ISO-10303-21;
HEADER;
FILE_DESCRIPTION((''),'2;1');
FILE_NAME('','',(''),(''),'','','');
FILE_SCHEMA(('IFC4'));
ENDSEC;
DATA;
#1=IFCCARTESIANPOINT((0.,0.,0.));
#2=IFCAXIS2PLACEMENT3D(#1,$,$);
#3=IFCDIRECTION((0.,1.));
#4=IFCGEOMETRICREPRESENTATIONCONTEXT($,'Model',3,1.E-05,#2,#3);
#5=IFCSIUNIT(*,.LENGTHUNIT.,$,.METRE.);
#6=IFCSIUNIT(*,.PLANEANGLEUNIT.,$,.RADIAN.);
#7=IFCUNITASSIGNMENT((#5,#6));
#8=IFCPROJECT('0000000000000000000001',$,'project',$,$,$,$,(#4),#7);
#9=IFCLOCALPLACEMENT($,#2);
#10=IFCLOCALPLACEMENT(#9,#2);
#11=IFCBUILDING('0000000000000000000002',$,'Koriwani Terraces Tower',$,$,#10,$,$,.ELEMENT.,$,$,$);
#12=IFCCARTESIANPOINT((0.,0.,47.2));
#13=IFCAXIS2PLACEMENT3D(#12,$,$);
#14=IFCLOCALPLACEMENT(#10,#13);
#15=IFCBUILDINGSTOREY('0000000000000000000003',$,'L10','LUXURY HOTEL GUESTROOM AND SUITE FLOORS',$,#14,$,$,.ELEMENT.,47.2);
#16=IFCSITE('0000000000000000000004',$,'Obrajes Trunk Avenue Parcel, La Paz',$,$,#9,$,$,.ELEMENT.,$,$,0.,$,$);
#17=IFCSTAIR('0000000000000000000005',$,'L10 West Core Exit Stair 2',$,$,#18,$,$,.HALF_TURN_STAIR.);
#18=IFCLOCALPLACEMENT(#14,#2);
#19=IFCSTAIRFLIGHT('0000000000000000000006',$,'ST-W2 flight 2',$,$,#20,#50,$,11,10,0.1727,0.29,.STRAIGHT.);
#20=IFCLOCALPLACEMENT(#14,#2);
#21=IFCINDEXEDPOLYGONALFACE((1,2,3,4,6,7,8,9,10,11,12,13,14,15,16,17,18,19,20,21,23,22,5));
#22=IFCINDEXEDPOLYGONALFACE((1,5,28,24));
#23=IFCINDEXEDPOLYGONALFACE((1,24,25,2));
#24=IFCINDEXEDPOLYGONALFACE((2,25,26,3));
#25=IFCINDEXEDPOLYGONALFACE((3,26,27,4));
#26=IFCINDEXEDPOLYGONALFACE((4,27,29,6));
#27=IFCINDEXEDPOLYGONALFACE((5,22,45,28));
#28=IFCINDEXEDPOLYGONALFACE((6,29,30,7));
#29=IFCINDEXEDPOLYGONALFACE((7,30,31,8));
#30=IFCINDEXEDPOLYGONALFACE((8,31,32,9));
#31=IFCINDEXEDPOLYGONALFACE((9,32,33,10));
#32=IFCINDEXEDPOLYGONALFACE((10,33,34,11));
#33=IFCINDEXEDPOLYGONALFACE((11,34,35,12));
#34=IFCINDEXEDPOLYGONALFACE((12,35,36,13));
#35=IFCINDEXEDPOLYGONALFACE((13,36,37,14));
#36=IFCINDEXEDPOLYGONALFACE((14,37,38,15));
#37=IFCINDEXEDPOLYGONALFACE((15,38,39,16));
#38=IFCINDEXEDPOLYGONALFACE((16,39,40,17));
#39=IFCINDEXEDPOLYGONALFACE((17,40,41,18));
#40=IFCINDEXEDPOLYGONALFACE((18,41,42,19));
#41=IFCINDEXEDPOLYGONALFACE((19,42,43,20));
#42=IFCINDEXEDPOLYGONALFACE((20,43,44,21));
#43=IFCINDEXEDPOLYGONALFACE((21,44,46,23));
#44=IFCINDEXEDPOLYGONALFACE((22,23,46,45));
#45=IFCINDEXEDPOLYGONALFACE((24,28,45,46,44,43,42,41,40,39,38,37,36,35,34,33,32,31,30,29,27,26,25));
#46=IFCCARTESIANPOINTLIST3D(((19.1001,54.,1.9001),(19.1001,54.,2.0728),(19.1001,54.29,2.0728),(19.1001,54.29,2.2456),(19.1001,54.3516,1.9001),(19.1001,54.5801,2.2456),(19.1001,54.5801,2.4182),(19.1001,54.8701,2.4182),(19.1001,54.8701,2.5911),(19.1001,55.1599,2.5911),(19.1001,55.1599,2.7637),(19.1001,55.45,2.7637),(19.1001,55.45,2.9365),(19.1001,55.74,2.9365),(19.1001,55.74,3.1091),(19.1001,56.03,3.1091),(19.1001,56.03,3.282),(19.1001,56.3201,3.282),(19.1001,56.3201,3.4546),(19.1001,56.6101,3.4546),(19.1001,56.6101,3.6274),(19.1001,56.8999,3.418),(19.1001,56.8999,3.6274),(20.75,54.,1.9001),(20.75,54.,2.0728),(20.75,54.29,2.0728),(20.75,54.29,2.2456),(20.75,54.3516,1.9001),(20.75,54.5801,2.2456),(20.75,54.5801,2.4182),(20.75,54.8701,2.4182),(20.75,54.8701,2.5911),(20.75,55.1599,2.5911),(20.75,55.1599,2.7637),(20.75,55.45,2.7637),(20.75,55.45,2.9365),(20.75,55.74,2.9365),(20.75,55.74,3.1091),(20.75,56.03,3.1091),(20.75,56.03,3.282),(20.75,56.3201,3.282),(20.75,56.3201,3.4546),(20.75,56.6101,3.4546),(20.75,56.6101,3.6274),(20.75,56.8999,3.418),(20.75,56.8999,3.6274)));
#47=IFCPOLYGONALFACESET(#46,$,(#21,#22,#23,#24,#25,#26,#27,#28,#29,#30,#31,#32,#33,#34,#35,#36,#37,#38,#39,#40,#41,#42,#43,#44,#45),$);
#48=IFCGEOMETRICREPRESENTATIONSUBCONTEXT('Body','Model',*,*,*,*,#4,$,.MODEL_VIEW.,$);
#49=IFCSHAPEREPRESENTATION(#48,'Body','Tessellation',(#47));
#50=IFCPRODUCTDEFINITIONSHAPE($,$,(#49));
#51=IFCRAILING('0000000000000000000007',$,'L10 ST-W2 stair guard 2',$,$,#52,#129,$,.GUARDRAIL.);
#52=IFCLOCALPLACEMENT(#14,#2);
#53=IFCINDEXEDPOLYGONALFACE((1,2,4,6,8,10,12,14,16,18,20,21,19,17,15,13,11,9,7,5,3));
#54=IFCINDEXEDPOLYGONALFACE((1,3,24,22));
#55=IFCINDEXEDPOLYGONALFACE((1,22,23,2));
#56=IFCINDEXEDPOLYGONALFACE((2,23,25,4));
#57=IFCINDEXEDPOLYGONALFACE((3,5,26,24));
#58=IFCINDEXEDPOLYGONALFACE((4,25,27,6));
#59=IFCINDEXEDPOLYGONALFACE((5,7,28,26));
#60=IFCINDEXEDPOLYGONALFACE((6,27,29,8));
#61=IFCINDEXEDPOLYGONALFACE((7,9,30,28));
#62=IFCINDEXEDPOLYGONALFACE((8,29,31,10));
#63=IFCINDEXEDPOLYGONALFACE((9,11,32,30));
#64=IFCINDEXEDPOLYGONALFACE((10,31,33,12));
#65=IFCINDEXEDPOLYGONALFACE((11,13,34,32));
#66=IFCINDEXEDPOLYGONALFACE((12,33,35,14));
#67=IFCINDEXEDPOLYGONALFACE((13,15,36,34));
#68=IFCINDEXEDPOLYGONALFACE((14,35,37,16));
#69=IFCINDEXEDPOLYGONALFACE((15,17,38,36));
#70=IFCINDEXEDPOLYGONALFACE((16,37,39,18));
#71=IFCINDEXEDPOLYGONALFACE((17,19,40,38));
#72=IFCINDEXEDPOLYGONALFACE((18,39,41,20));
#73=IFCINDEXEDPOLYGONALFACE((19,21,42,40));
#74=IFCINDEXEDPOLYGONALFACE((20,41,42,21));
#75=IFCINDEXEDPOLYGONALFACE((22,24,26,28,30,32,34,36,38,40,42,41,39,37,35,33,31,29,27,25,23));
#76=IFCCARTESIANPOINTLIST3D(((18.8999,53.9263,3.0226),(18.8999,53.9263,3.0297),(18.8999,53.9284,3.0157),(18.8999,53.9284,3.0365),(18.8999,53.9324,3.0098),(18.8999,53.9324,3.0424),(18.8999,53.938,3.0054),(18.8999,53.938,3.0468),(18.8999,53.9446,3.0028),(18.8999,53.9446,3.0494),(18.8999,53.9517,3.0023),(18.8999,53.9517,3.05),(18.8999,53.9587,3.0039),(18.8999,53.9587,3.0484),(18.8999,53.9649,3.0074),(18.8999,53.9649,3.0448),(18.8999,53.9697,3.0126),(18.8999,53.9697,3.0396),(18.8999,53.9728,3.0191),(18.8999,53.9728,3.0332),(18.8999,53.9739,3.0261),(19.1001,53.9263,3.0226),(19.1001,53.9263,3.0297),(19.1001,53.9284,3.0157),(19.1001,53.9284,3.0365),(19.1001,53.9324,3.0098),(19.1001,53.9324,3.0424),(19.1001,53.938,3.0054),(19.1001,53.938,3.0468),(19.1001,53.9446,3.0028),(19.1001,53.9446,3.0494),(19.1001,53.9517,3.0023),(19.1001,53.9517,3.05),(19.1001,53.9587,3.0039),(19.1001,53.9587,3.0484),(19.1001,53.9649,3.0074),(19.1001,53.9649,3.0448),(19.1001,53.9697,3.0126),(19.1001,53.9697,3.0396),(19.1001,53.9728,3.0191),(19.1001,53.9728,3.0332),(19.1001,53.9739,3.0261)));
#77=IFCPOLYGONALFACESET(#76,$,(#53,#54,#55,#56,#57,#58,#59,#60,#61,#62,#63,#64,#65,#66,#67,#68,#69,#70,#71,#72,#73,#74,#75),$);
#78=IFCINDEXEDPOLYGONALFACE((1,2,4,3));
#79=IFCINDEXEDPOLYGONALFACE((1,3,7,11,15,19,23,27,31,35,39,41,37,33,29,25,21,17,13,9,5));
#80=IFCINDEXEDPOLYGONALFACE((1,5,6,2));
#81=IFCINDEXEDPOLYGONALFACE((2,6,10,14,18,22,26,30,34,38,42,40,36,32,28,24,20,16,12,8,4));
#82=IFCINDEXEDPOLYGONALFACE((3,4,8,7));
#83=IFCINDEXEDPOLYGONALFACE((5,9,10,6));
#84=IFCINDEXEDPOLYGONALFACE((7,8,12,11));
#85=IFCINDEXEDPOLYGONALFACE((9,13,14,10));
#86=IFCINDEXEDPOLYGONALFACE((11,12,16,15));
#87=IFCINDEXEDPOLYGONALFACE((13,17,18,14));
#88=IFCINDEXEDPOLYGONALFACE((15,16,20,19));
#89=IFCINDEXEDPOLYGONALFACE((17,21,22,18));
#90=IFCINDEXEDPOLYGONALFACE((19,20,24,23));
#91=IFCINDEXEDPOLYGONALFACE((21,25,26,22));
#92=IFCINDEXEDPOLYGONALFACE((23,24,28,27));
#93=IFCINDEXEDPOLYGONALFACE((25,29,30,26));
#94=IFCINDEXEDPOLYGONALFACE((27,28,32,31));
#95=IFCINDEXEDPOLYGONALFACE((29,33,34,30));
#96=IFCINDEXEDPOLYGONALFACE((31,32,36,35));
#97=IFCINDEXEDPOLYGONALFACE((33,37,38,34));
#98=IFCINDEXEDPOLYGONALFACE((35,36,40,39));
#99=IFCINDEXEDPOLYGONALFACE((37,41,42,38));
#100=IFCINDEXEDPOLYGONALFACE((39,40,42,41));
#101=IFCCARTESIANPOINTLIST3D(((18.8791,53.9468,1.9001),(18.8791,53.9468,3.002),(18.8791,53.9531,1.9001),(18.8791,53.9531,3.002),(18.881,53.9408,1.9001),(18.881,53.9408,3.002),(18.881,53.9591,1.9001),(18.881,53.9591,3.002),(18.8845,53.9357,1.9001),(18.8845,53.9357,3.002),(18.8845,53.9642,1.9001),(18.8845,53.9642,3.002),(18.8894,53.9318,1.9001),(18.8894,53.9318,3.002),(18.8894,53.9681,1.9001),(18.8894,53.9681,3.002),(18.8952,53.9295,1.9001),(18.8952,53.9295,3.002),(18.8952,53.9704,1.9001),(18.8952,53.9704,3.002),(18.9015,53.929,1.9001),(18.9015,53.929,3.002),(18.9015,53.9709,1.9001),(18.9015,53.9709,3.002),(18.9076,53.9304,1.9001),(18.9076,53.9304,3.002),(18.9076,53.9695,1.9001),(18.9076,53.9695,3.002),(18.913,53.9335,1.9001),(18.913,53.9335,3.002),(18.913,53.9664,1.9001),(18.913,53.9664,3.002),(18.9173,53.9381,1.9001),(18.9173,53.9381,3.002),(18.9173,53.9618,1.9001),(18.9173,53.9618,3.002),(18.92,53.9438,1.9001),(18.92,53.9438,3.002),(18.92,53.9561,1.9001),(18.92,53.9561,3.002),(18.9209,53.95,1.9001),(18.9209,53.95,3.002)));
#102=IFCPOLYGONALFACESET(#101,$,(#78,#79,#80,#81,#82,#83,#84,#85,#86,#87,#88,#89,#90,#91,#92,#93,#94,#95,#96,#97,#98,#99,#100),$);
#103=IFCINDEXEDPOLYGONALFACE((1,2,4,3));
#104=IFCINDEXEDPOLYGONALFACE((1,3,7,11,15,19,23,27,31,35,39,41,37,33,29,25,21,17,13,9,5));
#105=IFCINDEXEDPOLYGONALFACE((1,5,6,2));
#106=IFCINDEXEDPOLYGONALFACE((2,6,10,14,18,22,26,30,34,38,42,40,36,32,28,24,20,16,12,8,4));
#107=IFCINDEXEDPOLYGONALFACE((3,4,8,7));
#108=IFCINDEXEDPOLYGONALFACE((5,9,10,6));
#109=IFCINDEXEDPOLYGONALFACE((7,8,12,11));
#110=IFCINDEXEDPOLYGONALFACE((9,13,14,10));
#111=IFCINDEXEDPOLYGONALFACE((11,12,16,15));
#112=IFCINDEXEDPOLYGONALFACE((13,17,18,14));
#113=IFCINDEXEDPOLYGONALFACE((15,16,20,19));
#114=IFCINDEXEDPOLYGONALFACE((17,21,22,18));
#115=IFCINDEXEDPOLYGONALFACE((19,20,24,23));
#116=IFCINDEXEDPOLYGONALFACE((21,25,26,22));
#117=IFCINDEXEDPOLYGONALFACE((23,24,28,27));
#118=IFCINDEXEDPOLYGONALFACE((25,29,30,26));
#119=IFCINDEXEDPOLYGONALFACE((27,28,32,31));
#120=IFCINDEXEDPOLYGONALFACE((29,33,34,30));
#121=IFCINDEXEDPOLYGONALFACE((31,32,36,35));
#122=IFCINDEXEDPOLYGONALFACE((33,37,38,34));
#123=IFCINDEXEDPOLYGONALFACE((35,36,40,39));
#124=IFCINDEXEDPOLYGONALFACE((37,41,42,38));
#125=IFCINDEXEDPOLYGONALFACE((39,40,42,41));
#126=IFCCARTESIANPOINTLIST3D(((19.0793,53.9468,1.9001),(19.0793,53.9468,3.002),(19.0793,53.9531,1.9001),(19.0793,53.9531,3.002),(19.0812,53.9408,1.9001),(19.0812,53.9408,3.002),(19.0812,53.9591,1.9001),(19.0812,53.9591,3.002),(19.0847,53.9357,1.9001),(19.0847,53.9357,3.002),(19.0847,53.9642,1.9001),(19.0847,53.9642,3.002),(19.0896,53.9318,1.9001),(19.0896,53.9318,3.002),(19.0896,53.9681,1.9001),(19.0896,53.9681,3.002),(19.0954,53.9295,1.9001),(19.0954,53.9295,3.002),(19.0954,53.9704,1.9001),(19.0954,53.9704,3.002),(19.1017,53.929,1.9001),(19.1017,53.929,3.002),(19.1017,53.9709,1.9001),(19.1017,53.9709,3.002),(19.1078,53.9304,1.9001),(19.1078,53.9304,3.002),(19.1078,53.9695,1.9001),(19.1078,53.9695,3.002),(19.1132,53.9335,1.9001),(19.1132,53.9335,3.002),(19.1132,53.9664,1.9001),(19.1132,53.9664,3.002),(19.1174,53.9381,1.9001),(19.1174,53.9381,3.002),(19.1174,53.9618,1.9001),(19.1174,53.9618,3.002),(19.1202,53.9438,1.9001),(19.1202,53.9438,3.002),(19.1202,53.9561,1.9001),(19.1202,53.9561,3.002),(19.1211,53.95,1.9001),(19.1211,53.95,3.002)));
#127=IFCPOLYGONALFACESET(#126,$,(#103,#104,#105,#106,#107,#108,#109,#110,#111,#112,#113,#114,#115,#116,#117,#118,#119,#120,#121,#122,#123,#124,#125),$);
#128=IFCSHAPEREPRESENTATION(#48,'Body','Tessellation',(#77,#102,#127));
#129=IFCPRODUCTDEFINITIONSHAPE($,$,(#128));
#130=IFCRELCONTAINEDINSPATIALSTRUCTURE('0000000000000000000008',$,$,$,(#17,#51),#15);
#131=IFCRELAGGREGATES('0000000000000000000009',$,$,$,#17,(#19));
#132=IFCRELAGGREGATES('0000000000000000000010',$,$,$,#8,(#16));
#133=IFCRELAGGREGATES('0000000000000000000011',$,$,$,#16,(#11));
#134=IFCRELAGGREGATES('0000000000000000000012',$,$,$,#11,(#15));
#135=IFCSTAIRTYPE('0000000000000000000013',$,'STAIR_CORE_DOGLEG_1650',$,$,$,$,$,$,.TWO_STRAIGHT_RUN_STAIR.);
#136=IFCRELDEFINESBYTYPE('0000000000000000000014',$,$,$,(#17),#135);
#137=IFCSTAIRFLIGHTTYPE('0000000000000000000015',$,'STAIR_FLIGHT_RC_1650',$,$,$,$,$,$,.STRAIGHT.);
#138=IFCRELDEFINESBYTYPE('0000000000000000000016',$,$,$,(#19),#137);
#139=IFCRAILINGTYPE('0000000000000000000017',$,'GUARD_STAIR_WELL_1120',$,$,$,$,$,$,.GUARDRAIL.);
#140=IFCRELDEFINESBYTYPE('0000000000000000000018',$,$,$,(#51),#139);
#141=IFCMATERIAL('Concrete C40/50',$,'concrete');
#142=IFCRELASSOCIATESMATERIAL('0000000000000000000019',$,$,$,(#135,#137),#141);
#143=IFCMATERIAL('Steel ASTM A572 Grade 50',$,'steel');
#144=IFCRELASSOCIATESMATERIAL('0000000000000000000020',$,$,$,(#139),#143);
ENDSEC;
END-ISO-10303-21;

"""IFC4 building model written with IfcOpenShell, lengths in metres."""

from ifc_helpers import new_model, si_unit, direction, frame, origin, origin_2d, place, context, subcontext, project, spatial, polyline, circle, outline, extrude, material, type_object, element, aggregate, save


model = new_model("IFC4")

# Units and contexts
model_context = context("Model", 3, precision=1e-05, world=origin(), true_north=direction((0.0, 1.0)))
body_context = subcontext(model_context, "Body", "Model", "MODEL_VIEW")
ifc_project = project(units=[si_unit("LENGTHUNIT", "METRE"), si_unit("PLANEANGLEUNIT", "RADIAN")], contexts=[model_context])

# Site, building, storey
site_placement = place(None, origin())
site = spatial("IfcSite", under=ifc_project, at=site_placement, Name="Obrajes Trunk Avenue Parcel, La Paz", CompositionType="ELEMENT", RefElevation=0.0)
building_placement = place(site_placement, origin())
building = spatial("IfcBuilding", under=site, at=building_placement, Name="Koriwani Terraces Tower", CompositionType="ELEMENT")
storey_placement = place(building_placement, frame((0.0, 0.0, 47.2)))
storey = spatial("IfcBuildingStorey", under=building, at=storey_placement, Name="L10", Description="LUXURY HOTEL GUESTROOM AND SUITE FLOORS", CompositionType="ELEMENT", Elevation=47.2)

# Shared definitions
ifc_material_1 = material(Name="Concrete C40/50", Category="concrete")

# Shared definitions
ifc_material_2 = material(Name="Steel ASTM A572 Grade 50", Category="steel")

# Stair, stair flight
stair_type = type_object("IfcStairType", Name="STAIR_CORE_DOGLEG_1650", PredefinedType="TWO_STRAIGHT_RUN_STAIR", material=ifc_material_1)
stair_placement = place(storey_placement, origin())
stair = element("IfcStair", 1, at=stair_placement, inside=storey, type_object=stair_type, Name="L10 West Core Exit Stair 2", PredefinedType="HALF_TURN_STAIR")
stair_flight_type = type_object("IfcStairFlightType", Name="STAIR_FLIGHT_RC_1650", PredefinedType="STRAIGHT", material=ifc_material_1)
stair_flight_placement = place(storey_placement, frame((19.925, 54.0, 1.9001), z_axis=(0.0, 0.0, 1.0), x_axis=(0.0, 1.0, 0.0)))
stair_flight = element("IfcStairFlight", 2, at=stair_flight_placement, type_object=stair_flight_type, Name="ST-W2 flight 2", NumberOfRisers=11, NumberOfTreads=10, PredefinedType="STRAIGHT", RiserHeight=0.1727, TreadLength=0.29, context=body_context, shape_type="SweptSolid", body=[
    extrude(outline(polyline([(0.0, 0.0), (0.0, 0.1726), (0.29, 0.1726), (0.29, 0.3455), (0.5801, 0.3455), (0.5801, 0.5181), (0.8701, 0.5181), (0.8701, 0.6909), (1.1599, 0.6909), (1.1599, 0.8635), (1.45, 0.8635), (1.45, 1.0364), (1.74, 1.0364), (1.74, 1.209), (2.03, 1.209), (2.03, 1.3818), (2.3201, 1.3818), (2.3201, 1.5544), (2.6101, 1.5544), (2.6101, 1.7273), (2.8999, 1.7273), (2.8999, 1.8999), (2.8999, 1.5178), (0.3516, 0.0), (0.0, 0.0)])), frame((0.0, 0.825, 0.0), z_axis=(0.0, -1.0, 0.0), x_axis=(1.0, 0.0, 0.0)), (0.0, 0.0, 1.0), 1.6499),
])
aggregate(stair, [stair_flight])

# Railing
railing_type_1 = type_object("IfcRailingType", Name="GUARD_STAIR_WELL_1120", PredefinedType="GUARDRAIL", material=ifc_material_2)
railing_1_placement = place(storey_placement, frame((18.8999, 53.95, 1.9001)))
element("IfcRailing", 3, at=railing_1_placement, inside=storey, type_object=railing_type_1, Name="L10 ST-W2 stair guard 2", PredefinedType="GUARDRAIL", context=body_context, shape_type="SweptSolid", body=[
    extrude(circle(Radius=0.0239, at=origin_2d()), frame((0.0, 0.0, 1.126), z_axis=(1.0, 0.0, 0.0), x_axis=(0.0, 1.0, 0.0)), (0.0, 0.0, 1.0), 0.2002),
    extrude(circle(Radius=0.021, at=origin_2d()), origin(), (0.0, 0.0, 1.0), 1.1018),
    extrude(circle(Radius=0.021, at=origin_2d()), frame((0.2002, 0.0, 0.0)), (0.0, 0.0, 1.0), 1.1018),
])

save(model, "model.ifc")
